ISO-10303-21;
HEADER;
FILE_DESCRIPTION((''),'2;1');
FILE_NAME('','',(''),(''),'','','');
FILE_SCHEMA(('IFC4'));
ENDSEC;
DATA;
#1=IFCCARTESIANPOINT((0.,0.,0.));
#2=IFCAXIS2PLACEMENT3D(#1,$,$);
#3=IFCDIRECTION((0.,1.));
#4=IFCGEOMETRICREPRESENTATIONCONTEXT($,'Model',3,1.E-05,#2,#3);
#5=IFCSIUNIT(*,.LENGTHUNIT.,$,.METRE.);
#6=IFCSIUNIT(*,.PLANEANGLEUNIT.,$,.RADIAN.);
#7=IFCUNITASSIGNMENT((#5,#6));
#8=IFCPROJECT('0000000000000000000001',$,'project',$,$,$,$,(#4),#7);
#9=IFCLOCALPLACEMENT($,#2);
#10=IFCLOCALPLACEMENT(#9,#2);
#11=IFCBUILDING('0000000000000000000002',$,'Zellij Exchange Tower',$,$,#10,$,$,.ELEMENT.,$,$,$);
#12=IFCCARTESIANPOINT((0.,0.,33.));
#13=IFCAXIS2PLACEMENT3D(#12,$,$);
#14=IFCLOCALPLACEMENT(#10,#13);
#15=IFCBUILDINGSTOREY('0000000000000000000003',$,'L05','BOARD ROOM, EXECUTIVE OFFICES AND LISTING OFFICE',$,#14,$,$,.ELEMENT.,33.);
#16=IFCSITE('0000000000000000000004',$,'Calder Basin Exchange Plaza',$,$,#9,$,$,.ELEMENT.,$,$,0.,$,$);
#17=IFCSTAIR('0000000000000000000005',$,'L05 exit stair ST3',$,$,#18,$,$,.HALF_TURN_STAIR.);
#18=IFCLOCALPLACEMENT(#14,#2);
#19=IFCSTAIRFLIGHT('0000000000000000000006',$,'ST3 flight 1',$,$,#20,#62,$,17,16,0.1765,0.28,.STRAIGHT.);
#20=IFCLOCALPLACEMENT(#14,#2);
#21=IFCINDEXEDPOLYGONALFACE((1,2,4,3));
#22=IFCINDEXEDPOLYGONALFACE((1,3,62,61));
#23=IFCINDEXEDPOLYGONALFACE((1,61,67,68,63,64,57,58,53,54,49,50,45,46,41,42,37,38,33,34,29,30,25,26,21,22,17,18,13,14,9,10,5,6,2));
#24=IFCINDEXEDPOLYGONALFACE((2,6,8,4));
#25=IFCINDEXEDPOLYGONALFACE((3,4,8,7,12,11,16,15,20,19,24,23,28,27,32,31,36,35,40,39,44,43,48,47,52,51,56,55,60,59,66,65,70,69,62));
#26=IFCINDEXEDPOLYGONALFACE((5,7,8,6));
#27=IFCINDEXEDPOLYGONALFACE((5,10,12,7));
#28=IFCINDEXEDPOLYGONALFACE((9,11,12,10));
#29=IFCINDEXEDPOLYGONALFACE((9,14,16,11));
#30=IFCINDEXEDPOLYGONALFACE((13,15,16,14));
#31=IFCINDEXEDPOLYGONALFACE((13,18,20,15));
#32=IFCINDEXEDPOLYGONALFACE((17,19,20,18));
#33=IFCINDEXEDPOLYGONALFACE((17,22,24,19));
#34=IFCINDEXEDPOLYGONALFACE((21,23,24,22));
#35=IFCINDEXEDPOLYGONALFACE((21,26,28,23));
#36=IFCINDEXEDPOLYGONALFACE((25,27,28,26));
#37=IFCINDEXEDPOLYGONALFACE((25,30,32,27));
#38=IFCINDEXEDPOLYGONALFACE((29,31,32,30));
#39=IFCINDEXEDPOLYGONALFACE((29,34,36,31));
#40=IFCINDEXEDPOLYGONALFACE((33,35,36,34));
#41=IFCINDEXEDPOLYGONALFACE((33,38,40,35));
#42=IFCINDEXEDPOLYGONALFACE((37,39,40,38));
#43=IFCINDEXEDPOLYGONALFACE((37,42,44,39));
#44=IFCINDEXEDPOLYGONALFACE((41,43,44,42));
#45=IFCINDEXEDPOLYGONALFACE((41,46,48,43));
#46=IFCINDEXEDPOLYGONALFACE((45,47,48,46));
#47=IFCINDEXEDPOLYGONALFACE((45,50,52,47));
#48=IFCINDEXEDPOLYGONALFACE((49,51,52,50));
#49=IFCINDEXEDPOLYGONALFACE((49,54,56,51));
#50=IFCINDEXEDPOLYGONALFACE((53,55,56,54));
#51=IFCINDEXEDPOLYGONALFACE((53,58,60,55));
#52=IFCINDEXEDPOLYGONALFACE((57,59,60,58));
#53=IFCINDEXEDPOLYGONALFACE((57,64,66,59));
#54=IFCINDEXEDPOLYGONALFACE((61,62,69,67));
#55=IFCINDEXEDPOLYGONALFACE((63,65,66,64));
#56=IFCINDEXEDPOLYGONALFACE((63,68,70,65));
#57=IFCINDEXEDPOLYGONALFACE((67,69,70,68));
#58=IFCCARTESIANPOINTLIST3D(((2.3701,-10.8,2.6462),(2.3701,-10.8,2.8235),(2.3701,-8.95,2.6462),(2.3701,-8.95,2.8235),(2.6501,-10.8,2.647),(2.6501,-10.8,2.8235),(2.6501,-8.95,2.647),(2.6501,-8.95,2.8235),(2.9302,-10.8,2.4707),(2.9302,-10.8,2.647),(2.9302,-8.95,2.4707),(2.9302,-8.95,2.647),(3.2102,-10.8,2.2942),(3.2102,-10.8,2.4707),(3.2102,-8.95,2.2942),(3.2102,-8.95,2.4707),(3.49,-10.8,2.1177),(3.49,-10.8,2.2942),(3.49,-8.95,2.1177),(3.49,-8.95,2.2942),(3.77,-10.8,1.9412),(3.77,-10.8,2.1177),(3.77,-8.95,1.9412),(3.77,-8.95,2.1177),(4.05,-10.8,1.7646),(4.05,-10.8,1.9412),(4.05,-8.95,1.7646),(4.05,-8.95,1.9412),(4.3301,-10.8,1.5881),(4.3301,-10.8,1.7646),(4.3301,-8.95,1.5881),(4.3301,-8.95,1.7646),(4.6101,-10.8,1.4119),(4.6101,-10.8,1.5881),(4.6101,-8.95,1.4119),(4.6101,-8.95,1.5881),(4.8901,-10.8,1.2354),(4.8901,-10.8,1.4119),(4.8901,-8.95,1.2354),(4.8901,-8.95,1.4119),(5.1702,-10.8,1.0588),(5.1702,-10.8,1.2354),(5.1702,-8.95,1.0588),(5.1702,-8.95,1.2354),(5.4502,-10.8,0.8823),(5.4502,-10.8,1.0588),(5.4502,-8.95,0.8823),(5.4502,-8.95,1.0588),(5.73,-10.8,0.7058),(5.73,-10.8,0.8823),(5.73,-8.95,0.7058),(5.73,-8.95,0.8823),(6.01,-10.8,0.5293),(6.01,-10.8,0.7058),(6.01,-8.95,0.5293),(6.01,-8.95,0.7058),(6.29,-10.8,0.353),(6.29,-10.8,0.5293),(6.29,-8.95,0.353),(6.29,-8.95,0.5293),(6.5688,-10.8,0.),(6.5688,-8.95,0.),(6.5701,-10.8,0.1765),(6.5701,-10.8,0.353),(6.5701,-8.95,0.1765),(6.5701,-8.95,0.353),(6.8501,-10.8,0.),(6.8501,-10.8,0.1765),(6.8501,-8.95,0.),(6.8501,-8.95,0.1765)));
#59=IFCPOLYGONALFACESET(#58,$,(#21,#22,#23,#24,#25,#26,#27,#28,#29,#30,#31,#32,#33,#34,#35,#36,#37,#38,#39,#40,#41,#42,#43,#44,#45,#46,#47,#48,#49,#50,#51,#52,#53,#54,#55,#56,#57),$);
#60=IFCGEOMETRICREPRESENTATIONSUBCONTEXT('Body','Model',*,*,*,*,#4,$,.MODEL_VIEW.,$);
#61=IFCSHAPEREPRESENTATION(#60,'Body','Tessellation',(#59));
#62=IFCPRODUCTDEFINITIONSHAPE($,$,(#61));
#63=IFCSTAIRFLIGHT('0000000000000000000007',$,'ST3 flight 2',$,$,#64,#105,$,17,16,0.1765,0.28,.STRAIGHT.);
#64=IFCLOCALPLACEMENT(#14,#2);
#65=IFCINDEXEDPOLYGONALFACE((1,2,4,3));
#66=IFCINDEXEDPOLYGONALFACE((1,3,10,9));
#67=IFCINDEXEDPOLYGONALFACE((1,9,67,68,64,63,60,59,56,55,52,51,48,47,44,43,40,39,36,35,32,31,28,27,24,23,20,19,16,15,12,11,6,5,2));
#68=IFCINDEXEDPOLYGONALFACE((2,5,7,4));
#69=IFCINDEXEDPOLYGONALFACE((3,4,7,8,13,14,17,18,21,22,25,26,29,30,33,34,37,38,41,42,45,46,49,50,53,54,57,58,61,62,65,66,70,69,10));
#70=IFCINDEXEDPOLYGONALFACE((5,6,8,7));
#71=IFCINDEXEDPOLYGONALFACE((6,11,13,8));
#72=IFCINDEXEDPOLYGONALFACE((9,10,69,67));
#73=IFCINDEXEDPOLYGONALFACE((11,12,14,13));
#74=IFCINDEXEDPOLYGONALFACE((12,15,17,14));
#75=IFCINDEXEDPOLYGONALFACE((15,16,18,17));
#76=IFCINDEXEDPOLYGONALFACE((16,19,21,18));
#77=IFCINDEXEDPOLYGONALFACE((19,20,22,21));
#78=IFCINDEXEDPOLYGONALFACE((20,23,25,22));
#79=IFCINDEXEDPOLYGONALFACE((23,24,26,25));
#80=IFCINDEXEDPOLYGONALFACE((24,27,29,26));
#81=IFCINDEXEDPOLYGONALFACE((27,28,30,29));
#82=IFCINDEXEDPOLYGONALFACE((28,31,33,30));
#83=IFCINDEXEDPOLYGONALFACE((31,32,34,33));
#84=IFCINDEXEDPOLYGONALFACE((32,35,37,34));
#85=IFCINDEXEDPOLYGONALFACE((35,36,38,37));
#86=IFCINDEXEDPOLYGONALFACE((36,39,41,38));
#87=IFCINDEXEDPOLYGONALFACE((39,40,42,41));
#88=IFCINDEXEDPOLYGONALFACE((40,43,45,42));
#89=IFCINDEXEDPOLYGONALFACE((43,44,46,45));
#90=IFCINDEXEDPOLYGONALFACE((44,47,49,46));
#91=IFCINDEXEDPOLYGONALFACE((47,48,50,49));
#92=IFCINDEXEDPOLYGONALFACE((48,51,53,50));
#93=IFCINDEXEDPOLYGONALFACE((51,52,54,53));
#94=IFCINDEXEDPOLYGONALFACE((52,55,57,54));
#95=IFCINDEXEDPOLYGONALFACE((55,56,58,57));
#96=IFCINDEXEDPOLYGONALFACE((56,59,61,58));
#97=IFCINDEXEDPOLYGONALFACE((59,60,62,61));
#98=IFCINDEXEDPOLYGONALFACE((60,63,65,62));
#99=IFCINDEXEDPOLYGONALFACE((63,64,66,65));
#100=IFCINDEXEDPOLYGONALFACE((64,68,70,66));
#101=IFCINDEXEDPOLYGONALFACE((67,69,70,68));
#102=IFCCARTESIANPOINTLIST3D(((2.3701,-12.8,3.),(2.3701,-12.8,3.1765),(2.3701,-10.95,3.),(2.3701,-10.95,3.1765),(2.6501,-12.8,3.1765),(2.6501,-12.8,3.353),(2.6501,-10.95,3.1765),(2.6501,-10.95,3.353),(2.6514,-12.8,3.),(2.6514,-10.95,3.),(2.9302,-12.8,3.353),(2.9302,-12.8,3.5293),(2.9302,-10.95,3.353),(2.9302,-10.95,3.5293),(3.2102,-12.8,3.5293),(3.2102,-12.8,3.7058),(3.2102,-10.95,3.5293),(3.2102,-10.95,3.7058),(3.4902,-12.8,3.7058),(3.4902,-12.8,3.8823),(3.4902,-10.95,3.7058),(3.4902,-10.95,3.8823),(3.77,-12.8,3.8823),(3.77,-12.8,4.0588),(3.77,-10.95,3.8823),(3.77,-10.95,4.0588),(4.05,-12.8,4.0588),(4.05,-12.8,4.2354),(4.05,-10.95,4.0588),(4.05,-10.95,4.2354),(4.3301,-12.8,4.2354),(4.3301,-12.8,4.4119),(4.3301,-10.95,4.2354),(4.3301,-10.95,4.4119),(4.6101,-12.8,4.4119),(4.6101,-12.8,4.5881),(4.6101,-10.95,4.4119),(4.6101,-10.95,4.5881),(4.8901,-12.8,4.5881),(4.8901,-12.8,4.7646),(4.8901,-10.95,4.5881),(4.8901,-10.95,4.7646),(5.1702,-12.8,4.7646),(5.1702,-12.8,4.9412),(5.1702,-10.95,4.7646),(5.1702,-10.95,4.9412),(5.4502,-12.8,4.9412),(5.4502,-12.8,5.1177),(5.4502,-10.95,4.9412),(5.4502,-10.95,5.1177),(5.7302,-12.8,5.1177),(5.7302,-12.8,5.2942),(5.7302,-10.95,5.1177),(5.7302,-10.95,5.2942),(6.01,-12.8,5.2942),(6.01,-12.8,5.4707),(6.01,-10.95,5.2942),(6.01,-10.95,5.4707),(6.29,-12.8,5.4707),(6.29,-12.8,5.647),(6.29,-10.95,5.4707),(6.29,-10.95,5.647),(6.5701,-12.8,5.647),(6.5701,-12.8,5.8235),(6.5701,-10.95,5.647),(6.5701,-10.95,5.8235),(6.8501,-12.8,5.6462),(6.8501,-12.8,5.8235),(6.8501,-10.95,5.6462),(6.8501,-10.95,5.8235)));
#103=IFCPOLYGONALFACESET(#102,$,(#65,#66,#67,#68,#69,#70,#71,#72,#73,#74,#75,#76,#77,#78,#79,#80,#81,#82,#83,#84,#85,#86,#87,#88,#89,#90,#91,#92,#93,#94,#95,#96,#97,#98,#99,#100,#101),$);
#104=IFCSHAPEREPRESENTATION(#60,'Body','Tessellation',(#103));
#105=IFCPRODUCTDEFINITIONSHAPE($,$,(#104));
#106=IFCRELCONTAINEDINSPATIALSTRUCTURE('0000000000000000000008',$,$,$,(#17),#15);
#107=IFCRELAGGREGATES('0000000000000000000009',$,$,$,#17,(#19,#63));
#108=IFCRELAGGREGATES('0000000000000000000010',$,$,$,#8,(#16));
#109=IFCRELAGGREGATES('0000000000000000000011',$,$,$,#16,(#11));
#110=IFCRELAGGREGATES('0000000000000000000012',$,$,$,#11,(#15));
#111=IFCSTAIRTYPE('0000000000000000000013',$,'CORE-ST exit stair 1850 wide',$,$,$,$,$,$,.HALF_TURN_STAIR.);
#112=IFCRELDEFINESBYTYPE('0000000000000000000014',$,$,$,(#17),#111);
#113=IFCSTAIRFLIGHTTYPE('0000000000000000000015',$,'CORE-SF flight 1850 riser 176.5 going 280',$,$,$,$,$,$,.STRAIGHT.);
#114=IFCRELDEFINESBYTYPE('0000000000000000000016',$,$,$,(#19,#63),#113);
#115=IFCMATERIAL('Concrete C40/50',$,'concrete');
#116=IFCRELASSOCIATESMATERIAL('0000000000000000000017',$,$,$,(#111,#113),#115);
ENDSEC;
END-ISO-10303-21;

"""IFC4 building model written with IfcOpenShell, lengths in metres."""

from ifc_helpers import new_model, si_unit, direction, frame, origin, place, context, subcontext, project, spatial, polyline, outline, extrude, material, type_object, element, aggregate, save


model = new_model("IFC4")

# Units and contexts
model_context = context("Model", 3, precision=1e-05, world=origin(), true_north=direction((0.0, 1.0)))
body_context = subcontext(model_context, "Body", "Model", "MODEL_VIEW")
ifc_project = project(units=[si_unit("LENGTHUNIT", "METRE"), si_unit("PLANEANGLEUNIT", "RADIAN")], contexts=[model_context])

# Site, building, storey
site_placement = place(None, origin())
site = spatial("IfcSite", under=ifc_project, at=site_placement, Name="Calder Basin Exchange Plaza", CompositionType="ELEMENT", RefElevation=0.0)
building_placement = place(site_placement, origin())
building = spatial("IfcBuilding", under=site, at=building_placement, Name="Zellij Exchange Tower", CompositionType="ELEMENT")
storey_placement = place(building_placement, frame((0.0, 0.0, 33.0)))
storey = spatial("IfcBuildingStorey", under=building, at=storey_placement, Name="L05", Description="BOARD ROOM, EXECUTIVE OFFICES AND LISTING OFFICE", CompositionType="ELEMENT", Elevation=33.0)

# Stair, stair flights
ifc_material_1 = material(Name="Concrete C40/50", Category="concrete")
stair_type = type_object("IfcStairType", Name="CORE-ST exit stair 1850 wide", PredefinedType="HALF_TURN_STAIR", material=ifc_material_1)
stair_placement = place(storey_placement, origin())
stair = element("IfcStair", 1, at=stair_placement, inside=storey, type_object=stair_type, Name="L05 exit stair ST3", PredefinedType="HALF_TURN_STAIR")
stair_flight_type = type_object("IfcStairFlightType", Name="CORE-SF flight 1850 riser 176.5 going 280", PredefinedType="STRAIGHT", material=ifc_material_1)
stair_flight_1_placement = place(storey_placement, frame((6.8501, -9.875, 0.0), z_axis=(0.0, 0.0, 1.0), x_axis=(-1.0, 0.0, 0.0)))
stair_flight_1 = element("IfcStairFlight", 2, at=stair_flight_1_placement, type_object=stair_flight_type, Name="ST3 flight 1", NumberOfRisers=17, NumberOfTreads=16, PredefinedType="STRAIGHT", RiserHeight=0.1765, TreadLength=0.28, context=body_context, shape_type="SweptSolid", body=[
    extrude(outline(polyline([(0.0, 0.0), (0.0, 0.1765), (0.28, 0.1765), (0.28, 0.353), (0.5601, 0.353), (0.5601, 0.5293), (0.8401, 0.5293), (0.8401, 0.7058), (1.1201, 0.7058), (1.1201, 0.8823), (1.3999, 0.8823), (1.3999, 1.0588), (1.6799, 1.0588), (1.6799, 1.2354), (1.96, 1.2354), (1.96, 1.4119), (2.24, 1.4119), (2.24, 1.5881), (2.52, 1.5881), (2.52, 1.7646), (2.8, 1.7646), (2.8, 1.9412), (3.0801, 1.9412), (3.0801, 2.1177), (3.3601, 2.1177), (3.3601, 2.2942), (3.6399, 2.2942), (3.6399, 2.4707), (3.9199, 2.4707), (3.9199, 2.647), (4.2, 2.647), (4.2, 2.8235), (4.48, 2.8235), (4.48, 3.0), (4.48, 2.6462), (0.2812, 0.0), (0.0, 0.0)])), frame((0.0, 0.925, 0.0), z_axis=(0.0, -1.0, 0.0), x_axis=(1.0, 0.0, 0.0)), (0.0, 0.0, 1.0), 1.8501),
])
stair_flight_2_placement = place(storey_placement, frame((2.3701, -11.875, 3.0), z_axis=(0.0, 0.0, 1.0), x_axis=(1.0, 0.0, 0.0)))
stair_flight_2 = element("IfcStairFlight", 3, at=stair_flight_2_placement, type_object=stair_flight_type, Name="ST3 flight 2", NumberOfRisers=17, NumberOfTreads=16, PredefinedType="STRAIGHT", RiserHeight=0.1765, TreadLength=0.28, context=body_context, shape_type="SweptSolid", body=[
    extrude(outline(polyline([(0.0, 0.0), (0.0, 0.1765), (0.28, 0.1765), (0.28, 0.353), (0.5601, 0.353), (0.5601, 0.5293), (0.8401, 0.5293), (0.8401, 0.7058), (1.1201, 0.7058), (1.1201, 0.8823), (1.3999, 0.8823), (1.3999, 1.0588), (1.6799, 1.0588), (1.6799, 1.2354), (1.96, 1.2354), (1.96, 1.4119), (2.24, 1.4119), (2.24, 1.5881), (2.52, 1.5881), (2.52, 1.7646), (2.8, 1.7646), (2.8, 1.9412), (3.0801, 1.9412), (3.0801, 2.1177), (3.3601, 2.1177), (3.3601, 2.2942), (3.6399, 2.2942), (3.6399, 2.4707), (3.9199, 2.4707), (3.9199, 2.647), (4.2, 2.647), (4.2, 2.8235), (4.48, 2.8235), (4.48, 3.0), (4.48, 2.6462), (0.2812, 0.0), (0.0, 0.0)])), frame((0.0, 0.925, 0.0), z_axis=(0.0, -1.0, 0.0), x_axis=(1.0, 0.0, 0.0)), (0.0, 0.0, 1.0), 1.8501),
])
aggregate(stair, [stair_flight_1, stair_flight_2])

save(model, "model.ifc")
